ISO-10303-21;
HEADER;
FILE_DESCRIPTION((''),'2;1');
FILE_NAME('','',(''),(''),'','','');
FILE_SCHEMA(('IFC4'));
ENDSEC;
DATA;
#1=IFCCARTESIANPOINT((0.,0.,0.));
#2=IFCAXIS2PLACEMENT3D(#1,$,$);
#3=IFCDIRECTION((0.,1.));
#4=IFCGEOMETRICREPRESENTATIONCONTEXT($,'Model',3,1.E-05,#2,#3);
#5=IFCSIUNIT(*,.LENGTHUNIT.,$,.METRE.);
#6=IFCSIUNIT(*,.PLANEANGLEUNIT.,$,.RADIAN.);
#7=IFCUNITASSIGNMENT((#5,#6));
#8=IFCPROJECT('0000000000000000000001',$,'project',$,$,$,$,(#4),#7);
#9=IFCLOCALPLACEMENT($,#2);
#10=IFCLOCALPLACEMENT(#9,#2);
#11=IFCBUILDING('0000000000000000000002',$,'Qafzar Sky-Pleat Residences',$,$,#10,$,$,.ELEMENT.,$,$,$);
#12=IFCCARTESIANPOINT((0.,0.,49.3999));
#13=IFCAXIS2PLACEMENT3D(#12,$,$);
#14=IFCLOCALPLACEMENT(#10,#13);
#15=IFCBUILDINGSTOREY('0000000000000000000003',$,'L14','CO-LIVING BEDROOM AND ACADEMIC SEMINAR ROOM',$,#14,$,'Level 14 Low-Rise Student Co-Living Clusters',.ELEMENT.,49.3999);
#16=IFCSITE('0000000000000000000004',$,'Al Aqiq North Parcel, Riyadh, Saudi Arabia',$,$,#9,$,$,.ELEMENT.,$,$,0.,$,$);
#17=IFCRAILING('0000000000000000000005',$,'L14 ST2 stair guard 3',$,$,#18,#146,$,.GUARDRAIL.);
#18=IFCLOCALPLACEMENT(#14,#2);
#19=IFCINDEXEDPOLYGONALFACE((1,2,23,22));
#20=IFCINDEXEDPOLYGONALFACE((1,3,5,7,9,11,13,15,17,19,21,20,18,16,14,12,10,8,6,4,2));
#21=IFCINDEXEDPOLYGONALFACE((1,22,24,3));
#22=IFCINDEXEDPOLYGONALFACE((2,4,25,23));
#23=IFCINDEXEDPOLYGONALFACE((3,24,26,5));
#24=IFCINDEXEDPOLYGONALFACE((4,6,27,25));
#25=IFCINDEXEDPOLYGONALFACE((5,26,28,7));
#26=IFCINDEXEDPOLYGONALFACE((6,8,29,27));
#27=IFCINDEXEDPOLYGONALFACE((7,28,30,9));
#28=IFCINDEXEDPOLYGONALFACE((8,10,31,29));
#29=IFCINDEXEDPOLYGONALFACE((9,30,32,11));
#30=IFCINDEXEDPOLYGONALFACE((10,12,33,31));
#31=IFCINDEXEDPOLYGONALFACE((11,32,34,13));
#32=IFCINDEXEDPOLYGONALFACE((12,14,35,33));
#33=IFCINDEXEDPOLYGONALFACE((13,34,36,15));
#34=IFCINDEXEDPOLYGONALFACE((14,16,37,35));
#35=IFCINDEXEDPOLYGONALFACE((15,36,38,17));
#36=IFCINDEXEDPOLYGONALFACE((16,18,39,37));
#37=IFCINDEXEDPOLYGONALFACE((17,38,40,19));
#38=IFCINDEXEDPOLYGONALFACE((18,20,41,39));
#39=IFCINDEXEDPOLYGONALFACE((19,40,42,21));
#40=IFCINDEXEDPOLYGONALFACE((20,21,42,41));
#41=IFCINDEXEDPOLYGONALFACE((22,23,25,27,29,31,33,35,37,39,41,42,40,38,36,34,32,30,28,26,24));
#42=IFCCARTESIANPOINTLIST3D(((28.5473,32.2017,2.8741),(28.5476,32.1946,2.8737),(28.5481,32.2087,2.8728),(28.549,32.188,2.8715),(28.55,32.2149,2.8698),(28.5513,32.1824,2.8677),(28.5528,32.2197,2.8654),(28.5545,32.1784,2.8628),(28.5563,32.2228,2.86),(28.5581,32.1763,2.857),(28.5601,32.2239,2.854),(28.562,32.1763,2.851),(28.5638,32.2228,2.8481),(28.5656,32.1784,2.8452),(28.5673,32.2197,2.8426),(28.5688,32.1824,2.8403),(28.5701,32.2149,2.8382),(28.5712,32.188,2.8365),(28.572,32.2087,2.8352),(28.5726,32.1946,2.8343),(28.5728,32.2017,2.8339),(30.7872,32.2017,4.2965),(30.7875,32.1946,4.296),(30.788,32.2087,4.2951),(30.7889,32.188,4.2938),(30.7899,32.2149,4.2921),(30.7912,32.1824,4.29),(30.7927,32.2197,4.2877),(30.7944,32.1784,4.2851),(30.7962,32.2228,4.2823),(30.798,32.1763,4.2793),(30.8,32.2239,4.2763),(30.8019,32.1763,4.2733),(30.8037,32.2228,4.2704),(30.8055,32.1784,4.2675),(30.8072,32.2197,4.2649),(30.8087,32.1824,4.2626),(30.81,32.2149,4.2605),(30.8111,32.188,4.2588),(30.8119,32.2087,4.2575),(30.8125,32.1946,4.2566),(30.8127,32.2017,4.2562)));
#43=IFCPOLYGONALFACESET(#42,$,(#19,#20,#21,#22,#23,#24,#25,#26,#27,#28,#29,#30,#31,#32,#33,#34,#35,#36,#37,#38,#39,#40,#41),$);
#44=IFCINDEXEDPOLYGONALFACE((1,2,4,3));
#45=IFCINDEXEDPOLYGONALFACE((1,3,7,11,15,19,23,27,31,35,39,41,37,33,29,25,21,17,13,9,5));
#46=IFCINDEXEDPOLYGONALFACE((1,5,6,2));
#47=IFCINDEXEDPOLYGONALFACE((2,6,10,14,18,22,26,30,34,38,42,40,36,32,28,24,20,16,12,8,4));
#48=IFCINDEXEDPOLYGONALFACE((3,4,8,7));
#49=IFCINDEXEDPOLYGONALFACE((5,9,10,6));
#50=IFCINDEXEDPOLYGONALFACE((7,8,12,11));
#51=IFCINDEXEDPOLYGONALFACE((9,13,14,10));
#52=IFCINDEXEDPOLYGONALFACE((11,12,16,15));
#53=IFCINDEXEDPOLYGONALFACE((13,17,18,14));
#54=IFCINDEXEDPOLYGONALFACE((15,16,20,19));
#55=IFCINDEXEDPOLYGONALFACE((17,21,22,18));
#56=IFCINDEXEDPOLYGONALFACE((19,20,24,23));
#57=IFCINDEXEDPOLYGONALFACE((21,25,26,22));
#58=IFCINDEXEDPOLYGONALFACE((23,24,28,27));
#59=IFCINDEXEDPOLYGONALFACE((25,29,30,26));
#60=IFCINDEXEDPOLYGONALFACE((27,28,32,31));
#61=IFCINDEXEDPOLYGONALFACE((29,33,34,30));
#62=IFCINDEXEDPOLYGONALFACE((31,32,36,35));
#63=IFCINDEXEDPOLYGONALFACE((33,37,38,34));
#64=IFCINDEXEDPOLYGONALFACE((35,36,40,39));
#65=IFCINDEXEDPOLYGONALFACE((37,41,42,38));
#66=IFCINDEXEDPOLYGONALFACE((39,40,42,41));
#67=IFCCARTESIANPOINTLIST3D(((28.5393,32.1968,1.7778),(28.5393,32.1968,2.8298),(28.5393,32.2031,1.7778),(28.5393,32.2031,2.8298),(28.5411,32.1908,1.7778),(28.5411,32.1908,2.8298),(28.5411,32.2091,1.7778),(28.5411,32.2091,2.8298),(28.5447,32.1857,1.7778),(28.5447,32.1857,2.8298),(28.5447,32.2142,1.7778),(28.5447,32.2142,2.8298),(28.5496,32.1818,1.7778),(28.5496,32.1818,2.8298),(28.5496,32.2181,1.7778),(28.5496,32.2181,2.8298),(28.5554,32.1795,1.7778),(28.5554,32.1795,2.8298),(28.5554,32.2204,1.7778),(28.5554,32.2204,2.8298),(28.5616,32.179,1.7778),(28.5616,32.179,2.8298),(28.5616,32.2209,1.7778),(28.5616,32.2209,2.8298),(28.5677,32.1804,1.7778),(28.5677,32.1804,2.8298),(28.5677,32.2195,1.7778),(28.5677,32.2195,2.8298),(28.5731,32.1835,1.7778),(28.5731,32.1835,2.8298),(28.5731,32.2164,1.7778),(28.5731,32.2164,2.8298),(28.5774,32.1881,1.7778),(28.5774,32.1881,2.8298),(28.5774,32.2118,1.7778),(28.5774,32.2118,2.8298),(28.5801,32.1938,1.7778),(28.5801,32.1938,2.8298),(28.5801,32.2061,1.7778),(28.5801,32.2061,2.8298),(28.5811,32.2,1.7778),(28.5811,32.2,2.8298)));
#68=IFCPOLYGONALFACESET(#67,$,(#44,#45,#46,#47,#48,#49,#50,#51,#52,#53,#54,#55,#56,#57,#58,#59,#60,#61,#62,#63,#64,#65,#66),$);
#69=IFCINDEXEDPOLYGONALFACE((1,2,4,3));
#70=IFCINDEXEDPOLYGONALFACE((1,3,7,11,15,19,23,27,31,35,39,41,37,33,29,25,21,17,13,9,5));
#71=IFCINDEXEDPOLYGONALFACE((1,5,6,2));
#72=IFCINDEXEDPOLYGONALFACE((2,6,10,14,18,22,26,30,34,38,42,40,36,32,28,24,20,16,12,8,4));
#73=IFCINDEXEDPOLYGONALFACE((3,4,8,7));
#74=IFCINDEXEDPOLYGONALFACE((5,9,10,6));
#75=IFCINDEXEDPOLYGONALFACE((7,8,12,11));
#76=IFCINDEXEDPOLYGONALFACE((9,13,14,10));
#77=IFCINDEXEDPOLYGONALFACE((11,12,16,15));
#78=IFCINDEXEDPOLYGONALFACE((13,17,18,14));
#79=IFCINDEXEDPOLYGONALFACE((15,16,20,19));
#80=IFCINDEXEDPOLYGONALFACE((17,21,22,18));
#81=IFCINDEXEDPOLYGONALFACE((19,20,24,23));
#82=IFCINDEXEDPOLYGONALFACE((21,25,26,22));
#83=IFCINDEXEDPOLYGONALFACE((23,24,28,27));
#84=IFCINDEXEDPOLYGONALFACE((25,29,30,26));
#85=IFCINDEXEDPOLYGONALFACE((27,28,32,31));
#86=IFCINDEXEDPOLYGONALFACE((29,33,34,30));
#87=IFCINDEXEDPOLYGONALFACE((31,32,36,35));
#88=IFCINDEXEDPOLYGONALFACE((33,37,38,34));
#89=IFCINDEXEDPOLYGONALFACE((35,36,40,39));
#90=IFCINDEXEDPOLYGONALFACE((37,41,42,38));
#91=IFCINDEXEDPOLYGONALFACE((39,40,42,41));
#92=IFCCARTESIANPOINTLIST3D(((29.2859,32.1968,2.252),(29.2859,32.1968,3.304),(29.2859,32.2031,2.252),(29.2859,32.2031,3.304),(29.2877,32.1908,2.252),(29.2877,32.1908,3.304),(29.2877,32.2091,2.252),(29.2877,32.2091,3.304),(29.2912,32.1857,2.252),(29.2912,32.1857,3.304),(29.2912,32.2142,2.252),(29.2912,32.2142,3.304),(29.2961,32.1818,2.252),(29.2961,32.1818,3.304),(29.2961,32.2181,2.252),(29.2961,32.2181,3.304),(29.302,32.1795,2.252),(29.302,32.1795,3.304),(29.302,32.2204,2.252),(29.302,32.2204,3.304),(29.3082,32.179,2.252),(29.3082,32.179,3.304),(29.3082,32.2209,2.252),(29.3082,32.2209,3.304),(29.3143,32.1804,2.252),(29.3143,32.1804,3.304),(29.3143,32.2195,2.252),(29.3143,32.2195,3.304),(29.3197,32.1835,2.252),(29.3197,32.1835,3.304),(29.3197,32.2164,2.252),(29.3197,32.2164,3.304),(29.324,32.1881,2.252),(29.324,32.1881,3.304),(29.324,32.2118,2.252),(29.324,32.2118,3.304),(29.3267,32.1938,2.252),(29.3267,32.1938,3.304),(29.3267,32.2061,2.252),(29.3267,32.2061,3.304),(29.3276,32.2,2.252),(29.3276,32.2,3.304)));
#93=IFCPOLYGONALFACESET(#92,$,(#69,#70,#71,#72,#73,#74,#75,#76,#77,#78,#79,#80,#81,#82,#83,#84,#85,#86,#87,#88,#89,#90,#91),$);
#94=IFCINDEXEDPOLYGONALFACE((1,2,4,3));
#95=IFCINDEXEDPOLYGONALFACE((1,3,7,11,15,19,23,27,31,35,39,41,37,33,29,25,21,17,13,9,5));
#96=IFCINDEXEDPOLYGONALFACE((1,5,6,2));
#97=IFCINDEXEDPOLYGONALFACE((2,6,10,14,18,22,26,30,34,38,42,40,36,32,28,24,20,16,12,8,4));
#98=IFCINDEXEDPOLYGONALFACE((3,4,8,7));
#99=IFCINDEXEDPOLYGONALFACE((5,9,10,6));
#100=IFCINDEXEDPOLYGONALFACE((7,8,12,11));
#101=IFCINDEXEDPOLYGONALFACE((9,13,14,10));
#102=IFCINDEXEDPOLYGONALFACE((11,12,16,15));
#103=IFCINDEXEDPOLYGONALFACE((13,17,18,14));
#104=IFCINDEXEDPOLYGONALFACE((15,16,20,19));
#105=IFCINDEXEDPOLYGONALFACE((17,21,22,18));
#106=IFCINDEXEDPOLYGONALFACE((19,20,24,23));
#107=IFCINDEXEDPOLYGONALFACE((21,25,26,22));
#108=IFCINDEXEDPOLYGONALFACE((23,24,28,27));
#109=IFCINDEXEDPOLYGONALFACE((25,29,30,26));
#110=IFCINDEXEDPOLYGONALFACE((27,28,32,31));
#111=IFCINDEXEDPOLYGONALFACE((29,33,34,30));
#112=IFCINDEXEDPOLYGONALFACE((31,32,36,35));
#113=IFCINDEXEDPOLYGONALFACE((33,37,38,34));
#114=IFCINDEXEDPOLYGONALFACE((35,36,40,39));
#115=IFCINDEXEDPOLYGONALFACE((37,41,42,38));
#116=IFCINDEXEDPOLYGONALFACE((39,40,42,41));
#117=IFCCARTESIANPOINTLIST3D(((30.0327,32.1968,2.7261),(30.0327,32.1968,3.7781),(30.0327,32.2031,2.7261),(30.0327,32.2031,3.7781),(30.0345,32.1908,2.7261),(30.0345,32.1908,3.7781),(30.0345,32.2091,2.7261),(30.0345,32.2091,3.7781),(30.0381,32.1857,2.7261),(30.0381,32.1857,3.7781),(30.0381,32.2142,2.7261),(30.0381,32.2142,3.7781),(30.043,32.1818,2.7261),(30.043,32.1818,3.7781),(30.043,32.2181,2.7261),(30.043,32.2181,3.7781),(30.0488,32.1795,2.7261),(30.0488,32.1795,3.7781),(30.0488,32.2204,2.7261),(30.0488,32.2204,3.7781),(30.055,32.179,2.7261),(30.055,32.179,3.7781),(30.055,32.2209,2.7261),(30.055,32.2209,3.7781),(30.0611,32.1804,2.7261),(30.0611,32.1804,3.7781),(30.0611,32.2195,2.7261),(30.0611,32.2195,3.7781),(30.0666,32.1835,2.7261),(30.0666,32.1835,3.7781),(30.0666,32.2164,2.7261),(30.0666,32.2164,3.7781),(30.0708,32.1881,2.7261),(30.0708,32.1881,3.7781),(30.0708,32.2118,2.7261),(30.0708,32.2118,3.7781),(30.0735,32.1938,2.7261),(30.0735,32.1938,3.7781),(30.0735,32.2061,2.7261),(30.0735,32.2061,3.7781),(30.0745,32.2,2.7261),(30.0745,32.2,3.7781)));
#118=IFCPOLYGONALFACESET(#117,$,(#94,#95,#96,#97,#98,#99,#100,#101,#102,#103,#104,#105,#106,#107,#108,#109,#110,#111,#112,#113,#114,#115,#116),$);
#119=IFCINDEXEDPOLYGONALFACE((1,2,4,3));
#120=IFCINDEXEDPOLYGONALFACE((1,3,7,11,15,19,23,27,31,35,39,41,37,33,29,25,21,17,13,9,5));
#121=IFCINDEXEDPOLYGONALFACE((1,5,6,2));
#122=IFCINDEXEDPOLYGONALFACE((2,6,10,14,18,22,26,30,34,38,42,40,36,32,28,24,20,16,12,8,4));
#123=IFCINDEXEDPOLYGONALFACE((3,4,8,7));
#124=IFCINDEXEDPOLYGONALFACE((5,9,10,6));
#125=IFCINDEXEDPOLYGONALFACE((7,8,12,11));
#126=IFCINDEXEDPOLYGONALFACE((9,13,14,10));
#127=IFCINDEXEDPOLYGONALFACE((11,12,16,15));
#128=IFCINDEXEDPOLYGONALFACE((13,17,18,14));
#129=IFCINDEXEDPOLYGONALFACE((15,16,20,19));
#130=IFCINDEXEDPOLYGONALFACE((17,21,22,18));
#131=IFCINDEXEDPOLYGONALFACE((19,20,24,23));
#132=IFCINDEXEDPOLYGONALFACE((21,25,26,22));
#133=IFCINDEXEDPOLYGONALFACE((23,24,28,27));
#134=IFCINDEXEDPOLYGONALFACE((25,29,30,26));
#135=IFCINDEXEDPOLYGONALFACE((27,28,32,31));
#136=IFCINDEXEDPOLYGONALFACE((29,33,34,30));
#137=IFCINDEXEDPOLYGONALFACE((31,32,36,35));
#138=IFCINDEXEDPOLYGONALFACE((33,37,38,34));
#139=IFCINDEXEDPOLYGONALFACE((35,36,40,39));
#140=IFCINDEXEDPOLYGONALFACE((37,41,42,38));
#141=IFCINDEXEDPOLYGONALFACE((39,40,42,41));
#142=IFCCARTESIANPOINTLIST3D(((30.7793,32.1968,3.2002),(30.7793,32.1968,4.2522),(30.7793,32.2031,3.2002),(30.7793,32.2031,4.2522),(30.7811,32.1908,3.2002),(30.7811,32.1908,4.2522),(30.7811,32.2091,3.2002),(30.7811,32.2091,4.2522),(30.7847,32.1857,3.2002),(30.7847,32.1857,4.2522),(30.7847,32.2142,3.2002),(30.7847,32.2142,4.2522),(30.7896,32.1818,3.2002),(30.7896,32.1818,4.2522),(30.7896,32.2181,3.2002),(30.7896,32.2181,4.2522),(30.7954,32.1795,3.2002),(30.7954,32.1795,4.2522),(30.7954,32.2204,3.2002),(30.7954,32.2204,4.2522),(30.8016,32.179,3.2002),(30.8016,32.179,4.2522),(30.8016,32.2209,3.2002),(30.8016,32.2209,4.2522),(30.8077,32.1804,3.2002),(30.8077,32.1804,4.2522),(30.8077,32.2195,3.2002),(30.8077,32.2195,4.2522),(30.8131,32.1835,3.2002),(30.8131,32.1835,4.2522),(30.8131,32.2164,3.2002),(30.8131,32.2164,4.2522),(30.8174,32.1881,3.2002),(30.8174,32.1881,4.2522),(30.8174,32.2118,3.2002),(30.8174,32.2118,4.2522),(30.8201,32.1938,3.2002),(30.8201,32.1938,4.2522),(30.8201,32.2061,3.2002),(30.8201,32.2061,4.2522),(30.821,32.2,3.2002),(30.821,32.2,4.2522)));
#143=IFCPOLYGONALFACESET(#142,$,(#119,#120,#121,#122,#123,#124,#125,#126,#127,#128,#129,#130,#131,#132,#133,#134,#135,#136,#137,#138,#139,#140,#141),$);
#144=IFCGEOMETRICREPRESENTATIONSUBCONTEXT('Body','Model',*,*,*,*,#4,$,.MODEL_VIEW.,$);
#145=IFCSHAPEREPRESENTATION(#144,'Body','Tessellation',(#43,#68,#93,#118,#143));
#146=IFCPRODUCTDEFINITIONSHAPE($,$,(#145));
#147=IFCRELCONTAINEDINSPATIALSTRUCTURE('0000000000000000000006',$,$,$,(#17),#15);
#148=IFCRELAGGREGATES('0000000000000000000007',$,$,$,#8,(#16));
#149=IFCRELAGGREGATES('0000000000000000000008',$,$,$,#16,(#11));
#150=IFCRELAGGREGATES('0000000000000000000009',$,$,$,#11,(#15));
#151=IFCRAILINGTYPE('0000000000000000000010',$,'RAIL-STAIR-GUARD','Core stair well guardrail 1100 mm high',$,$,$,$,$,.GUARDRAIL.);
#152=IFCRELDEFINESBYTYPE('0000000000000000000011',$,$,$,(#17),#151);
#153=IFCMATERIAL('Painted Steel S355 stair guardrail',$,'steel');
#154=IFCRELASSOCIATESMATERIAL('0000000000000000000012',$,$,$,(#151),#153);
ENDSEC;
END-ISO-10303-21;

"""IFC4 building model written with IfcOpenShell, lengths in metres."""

from ifc_helpers import new_model, si_unit, direction, frame, origin, origin_2d, place, context, subcontext, project, spatial, circle, extrude, source, transform, mapped, material, type_object, element, save


model = new_model("IFC4")

# Units and contexts
model_context = context("Model", 3, precision=1e-05, world=origin(), true_north=direction((0.0, 1.0)))
body_context = subcontext(model_context, "Body", "Model", "MODEL_VIEW")
ifc_project = project(units=[si_unit("LENGTHUNIT", "METRE"), si_unit("PLANEANGLEUNIT", "RADIAN")], contexts=[model_context])

# Site, building, storey
site_placement = place(None, origin())
site = spatial("IfcSite", under=ifc_project, at=site_placement, Name="Al Aqiq North Parcel, Riyadh, Saudi Arabia", CompositionType="ELEMENT", RefElevation=0.0)
building_placement = place(site_placement, origin())
building = spatial("IfcBuilding", under=site, at=building_placement, Name="Qafzar Sky-Pleat Residences", CompositionType="ELEMENT")
storey_placement = place(building_placement, frame((0.0, 0.0, 49.3999)))
storey = spatial("IfcBuildingStorey", under=building, at=storey_placement, Name="L14", Description="CO-LIVING BEDROOM AND ACADEMIC SEMINAR ROOM", LongName="Level 14 Low-Rise Student Co-Living Clusters", CompositionType="ELEMENT", Elevation=49.3999)

# Railing
ifc_material_1 = material(Name="Painted Steel S355 stair guardrail", Category="steel")
railing_type_1 = type_object("IfcRailingType", Name="RAIL-STAIR-GUARD", Description="Core stair well guardrail 1100 mm high", PredefinedType="GUARDRAIL", material=ifc_material_1)
shared_shape_1 = source(origin(), body_context, "Body", "SweptSolid", [
    extrude(circle(Radius=0.0239, at=origin_2d()), frame((0.0, 0.0, 1.0762), z_axis=(0.844188, 0.0, 0.536048), x_axis=(0.0, 1.0, 0.0)), (0.0, 0.0, 1.0), 2.6533),
    extrude(circle(Radius=0.021, at=origin_2d()), origin(), (0.0, 0.0, 1.0), 1.052),
    extrude(circle(Radius=0.021, at=origin_2d()), frame((0.7466, 0.0, 0.4741)), (0.0, 0.0, 1.0), 1.052),
    extrude(circle(Radius=0.021, at=origin_2d()), frame((1.4934, 0.0, 0.9482)), (0.0, 0.0, 1.0), 1.052),
    extrude(circle(Radius=0.021, at=origin_2d()), frame((2.24, 0.0, 1.4224)), (0.0, 0.0, 1.0), 1.052),
])
railing_1_placement = place(storey_placement, frame((28.5601, 32.2, 1.7778)))
element("IfcRailing", 1, at=railing_1_placement, inside=storey, type_object=railing_type_1, Name="L14 ST2 stair guard 3", PredefinedType="GUARDRAIL", context=body_context, shape_type="MappedRepresentation", body=[
    mapped(shared_shape_1, transform((0.0, 0.0, 0.0), x_axis=(1.0, 0.0, 0.0), y_axis=(0.0, 1.0, 0.0), z_axis=(0.0, 0.0, 1.0), scale=1.0)),
])

save(model, "model.ifc")
